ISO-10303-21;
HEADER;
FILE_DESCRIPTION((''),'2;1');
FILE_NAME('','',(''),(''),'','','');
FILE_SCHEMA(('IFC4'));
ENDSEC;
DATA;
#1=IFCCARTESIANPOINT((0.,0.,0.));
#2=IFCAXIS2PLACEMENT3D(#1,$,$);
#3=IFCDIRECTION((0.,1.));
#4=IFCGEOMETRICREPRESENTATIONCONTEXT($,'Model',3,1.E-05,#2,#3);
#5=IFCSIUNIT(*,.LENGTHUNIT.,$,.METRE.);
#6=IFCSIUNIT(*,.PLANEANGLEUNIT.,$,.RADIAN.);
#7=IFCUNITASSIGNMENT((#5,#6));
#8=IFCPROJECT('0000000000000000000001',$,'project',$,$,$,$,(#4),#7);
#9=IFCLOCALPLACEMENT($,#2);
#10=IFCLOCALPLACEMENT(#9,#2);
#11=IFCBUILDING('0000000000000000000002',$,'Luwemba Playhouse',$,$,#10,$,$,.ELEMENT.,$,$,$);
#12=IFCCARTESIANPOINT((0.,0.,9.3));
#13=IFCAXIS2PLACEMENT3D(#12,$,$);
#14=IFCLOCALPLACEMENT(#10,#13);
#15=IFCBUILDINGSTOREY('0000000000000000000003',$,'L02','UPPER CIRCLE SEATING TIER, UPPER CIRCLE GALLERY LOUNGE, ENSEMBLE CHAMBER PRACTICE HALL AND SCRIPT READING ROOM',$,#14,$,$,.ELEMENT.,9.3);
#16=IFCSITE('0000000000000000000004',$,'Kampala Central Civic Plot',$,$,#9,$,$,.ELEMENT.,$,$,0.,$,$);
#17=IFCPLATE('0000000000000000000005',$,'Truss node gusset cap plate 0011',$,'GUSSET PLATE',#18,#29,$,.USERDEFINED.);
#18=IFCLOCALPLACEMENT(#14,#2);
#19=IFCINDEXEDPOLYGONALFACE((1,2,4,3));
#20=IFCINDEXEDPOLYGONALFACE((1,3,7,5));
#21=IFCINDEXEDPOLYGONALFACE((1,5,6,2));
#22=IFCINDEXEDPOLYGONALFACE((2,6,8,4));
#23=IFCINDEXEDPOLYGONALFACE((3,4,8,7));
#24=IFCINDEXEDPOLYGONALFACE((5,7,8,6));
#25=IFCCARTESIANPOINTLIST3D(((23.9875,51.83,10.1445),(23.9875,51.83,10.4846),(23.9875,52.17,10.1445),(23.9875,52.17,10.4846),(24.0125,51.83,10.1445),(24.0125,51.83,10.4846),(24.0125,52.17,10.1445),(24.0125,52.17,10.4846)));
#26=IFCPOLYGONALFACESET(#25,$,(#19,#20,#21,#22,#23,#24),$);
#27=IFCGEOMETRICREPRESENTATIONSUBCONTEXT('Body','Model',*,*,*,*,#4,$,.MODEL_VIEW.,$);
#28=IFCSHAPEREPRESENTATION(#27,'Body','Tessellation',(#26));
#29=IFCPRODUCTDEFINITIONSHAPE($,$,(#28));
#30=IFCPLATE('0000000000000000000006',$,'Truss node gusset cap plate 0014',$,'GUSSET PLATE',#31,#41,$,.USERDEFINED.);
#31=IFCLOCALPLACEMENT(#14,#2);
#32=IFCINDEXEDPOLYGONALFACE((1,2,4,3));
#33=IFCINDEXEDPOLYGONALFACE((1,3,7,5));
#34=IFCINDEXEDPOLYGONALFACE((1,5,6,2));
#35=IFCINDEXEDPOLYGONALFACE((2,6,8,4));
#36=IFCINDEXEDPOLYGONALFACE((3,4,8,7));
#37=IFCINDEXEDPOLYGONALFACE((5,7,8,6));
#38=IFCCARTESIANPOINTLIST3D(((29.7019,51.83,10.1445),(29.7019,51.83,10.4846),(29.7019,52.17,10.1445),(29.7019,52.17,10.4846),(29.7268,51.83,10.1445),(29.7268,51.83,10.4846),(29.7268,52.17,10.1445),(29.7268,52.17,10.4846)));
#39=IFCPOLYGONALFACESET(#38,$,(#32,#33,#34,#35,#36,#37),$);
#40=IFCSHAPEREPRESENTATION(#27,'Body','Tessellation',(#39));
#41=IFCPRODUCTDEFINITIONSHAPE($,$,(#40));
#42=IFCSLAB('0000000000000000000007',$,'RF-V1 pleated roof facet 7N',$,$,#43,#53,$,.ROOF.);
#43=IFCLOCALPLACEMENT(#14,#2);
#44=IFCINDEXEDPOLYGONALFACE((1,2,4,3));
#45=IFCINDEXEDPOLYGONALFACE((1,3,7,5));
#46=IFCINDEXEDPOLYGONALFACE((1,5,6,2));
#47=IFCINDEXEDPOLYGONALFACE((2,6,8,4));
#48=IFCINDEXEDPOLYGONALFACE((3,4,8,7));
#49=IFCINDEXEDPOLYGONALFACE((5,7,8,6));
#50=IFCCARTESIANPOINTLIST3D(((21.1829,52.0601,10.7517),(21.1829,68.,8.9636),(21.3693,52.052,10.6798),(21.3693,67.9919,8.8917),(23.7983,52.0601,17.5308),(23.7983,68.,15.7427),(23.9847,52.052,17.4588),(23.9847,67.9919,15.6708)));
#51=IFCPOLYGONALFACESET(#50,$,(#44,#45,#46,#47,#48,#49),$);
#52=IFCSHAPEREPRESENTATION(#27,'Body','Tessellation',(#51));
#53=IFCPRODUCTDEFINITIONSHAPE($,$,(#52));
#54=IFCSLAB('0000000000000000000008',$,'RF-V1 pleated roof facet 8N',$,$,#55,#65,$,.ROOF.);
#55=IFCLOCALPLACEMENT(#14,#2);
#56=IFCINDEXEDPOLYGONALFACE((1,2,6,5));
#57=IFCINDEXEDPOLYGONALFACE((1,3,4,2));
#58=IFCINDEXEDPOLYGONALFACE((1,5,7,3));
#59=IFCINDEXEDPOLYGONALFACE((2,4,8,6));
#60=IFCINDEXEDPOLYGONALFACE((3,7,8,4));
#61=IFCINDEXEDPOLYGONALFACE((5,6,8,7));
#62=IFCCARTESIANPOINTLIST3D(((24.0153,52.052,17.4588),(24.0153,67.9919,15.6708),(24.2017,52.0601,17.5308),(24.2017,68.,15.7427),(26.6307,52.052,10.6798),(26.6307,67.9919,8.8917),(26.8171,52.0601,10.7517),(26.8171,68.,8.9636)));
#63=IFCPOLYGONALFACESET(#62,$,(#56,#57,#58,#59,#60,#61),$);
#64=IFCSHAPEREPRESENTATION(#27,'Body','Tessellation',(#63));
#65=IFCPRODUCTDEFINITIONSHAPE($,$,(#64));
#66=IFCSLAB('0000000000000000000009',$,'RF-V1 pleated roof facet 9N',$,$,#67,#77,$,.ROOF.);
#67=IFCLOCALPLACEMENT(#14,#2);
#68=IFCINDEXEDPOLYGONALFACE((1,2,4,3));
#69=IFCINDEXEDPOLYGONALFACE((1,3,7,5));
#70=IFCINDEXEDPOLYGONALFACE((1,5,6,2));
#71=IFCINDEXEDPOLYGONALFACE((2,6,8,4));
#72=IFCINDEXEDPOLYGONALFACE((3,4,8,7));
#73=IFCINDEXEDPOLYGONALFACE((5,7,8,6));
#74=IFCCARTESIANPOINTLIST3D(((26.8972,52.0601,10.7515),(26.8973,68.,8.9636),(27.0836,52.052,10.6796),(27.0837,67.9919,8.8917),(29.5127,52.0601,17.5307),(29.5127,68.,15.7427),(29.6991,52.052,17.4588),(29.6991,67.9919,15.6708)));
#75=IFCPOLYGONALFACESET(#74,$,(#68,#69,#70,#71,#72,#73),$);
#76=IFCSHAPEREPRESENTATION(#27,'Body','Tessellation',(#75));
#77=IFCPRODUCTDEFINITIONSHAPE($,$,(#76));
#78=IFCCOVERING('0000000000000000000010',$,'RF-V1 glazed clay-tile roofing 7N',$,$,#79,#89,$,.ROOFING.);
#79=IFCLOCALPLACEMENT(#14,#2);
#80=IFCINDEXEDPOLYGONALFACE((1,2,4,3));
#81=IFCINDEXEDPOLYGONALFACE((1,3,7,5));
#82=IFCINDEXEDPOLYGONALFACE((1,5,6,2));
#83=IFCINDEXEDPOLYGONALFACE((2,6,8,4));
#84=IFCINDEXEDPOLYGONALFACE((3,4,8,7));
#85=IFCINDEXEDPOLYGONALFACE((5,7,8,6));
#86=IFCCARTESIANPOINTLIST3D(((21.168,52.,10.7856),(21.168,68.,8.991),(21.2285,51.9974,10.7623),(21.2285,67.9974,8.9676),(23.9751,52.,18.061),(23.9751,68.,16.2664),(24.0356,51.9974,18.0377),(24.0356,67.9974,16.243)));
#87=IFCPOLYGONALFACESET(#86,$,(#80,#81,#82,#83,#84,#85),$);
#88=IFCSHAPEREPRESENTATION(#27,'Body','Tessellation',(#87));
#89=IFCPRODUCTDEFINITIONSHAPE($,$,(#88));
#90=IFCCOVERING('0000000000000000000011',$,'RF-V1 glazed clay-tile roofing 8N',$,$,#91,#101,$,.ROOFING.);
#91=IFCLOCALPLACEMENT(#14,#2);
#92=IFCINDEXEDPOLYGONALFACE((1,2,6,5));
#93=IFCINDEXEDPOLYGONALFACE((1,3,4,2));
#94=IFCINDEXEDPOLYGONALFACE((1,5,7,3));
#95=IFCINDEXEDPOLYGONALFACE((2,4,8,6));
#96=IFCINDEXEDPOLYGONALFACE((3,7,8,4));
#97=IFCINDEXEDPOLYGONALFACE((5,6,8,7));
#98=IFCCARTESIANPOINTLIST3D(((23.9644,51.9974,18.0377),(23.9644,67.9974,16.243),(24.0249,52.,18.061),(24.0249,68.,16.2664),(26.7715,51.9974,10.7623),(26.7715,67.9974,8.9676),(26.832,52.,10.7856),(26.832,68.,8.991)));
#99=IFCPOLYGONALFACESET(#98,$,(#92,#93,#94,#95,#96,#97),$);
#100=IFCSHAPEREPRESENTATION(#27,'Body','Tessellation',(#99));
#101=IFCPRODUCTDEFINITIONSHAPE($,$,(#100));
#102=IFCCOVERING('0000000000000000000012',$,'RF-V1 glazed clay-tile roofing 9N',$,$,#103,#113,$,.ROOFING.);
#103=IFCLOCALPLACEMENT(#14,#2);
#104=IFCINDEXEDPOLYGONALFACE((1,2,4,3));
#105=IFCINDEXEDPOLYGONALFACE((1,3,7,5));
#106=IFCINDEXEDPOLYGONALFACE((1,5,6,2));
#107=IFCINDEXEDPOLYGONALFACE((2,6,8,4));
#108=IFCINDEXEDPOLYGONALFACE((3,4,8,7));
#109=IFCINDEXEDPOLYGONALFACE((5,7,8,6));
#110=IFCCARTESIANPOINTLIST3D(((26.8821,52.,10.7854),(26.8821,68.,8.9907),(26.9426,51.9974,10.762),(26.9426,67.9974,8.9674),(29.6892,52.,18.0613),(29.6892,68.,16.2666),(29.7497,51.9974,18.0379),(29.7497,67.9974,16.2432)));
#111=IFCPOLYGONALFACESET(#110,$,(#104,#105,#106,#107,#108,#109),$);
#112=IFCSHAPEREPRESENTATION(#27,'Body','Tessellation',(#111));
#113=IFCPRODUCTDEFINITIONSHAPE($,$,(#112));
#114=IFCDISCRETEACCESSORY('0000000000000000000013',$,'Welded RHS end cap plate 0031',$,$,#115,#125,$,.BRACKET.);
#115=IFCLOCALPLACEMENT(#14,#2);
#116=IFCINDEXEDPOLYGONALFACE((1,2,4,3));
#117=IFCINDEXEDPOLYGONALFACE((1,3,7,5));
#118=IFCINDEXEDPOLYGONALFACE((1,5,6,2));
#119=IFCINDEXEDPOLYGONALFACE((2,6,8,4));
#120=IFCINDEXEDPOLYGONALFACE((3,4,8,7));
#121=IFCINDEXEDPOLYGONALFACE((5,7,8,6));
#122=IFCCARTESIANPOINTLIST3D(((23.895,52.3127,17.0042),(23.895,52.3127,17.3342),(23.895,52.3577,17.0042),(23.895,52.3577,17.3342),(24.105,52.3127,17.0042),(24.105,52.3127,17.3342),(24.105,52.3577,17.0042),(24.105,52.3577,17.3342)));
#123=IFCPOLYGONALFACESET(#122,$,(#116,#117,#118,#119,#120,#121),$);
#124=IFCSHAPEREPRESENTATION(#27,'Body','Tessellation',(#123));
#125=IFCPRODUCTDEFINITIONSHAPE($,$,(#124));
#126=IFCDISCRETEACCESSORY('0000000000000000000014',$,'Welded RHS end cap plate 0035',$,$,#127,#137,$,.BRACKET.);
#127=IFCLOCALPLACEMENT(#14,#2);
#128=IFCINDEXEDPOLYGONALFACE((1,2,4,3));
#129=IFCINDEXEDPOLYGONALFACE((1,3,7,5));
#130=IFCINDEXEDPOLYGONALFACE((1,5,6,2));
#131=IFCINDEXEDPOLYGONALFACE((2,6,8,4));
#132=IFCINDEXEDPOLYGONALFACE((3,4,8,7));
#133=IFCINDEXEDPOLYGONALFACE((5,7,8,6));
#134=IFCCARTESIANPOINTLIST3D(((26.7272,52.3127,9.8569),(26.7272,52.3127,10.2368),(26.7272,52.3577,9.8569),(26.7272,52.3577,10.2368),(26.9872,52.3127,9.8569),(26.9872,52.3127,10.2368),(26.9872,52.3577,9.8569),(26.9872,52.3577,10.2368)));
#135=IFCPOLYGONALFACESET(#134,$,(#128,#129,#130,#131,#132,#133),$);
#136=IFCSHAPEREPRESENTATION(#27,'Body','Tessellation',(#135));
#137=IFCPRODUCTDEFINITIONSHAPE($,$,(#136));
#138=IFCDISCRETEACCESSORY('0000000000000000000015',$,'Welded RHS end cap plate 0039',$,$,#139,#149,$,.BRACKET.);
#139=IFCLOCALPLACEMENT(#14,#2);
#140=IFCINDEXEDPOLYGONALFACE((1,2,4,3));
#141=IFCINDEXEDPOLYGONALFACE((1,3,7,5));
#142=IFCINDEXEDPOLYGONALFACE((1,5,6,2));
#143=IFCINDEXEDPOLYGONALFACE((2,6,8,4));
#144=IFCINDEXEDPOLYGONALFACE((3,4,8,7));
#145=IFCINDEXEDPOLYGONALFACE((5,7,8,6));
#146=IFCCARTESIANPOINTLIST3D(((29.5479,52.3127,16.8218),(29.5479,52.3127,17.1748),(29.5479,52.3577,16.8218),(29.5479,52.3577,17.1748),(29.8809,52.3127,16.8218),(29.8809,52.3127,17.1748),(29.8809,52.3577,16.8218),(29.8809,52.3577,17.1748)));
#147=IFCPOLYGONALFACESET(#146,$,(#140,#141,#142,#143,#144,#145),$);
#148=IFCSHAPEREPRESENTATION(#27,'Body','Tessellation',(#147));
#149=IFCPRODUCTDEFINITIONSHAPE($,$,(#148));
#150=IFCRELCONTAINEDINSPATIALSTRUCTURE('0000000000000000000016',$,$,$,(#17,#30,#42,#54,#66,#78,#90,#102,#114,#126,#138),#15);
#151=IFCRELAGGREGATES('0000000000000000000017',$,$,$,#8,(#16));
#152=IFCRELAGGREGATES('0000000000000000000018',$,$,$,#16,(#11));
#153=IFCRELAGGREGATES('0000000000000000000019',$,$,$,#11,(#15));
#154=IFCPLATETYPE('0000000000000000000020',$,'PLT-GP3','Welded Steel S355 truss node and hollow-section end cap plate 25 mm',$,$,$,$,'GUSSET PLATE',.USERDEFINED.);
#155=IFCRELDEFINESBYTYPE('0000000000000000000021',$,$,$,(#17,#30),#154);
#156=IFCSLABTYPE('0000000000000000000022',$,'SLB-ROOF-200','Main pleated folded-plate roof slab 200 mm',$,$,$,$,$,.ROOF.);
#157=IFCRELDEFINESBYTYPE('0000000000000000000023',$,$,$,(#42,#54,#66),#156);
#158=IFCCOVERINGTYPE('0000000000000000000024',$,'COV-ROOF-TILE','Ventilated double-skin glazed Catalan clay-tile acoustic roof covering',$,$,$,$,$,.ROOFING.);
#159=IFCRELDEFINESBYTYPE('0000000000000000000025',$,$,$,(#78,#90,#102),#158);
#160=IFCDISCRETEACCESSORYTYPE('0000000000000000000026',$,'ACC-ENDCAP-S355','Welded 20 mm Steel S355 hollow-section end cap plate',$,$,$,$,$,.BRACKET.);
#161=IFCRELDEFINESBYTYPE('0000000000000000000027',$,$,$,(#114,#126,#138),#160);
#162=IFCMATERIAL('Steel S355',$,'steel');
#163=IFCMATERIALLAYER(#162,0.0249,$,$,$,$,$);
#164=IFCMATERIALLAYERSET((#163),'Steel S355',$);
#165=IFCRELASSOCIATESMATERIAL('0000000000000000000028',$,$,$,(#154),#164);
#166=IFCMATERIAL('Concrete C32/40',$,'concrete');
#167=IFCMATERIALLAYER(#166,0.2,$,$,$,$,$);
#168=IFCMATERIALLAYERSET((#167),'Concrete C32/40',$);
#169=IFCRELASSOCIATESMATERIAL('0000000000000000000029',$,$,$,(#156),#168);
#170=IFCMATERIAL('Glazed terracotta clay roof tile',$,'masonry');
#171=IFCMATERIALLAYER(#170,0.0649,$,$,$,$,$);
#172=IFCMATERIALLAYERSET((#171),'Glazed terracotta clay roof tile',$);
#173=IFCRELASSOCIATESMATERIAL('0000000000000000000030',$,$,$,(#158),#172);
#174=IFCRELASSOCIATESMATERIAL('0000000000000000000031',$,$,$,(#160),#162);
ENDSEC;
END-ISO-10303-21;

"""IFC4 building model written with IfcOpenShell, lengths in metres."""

from ifc_helpers import new_model, si_unit, direction, frame, origin, origin_2d, place, context, subcontext, project, spatial, polyline, rectangle, outline, extrude, material, layer, layer_set, type_object, element, save


model = new_model("IFC4")

# Units and contexts
model_context = context("Model", 3, precision=1e-05, world=origin(), true_north=direction((0.0, 1.0)))
body_context = subcontext(model_context, "Body", "Model", "MODEL_VIEW")
ifc_project = project(units=[si_unit("LENGTHUNIT", "METRE"), si_unit("PLANEANGLEUNIT", "RADIAN")], contexts=[model_context])

# Site, building, storey
site_placement = place(None, origin())
site = spatial("IfcSite", under=ifc_project, at=site_placement, Name="Kampala Central Civic Plot", CompositionType="ELEMENT", RefElevation=0.0)
building_placement = place(site_placement, origin())
building = spatial("IfcBuilding", under=site, at=building_placement, Name="Luwemba Playhouse", CompositionType="ELEMENT")
storey_placement = place(building_placement, frame((0.0, 0.0, 9.3)))
storey = spatial("IfcBuildingStorey", under=building, at=storey_placement, Name="L02", Description="UPPER CIRCLE SEATING TIER, UPPER CIRCLE GALLERY LOUNGE, ENSEMBLE CHAMBER PRACTICE HALL AND SCRIPT READING ROOM", CompositionType="ELEMENT", Elevation=9.3)

# Shared definitions
ifc_material_1 = material(Name="Steel S355", Category="steel")

# Plates
ifc_layer_1 = layer(ifc_material_1, 0.0249)
ifc_layer_set_1 = layer_set([ifc_layer_1], Name="Steel S355")
plate_type = type_object("IfcPlateType", Name="PLT-GP3", Description="Welded Steel S355 truss node and hollow-section end cap plate 25 mm", ElementType="GUSSET PLATE", PredefinedType="USERDEFINED", material=ifc_layer_set_1)
for number, where, z_axis, x_axis, name in (
    (1, (24.0, 52.0, 10.1445), (0.0, 0.0, 1.0), (1.0, 0.0, 0.0), "Truss node gusset cap plate 0011"),
    (2, (29.7144, 52.0, 10.1445), (0.0, 0.0, 1.0), (1.0, 0.0, 0.0), "Truss node gusset cap plate 0014"),
):
    element("IfcPlate", number, at=place(storey_placement, frame(where, z_axis=z_axis, x_axis=x_axis)), inside=storey, type_object=plate_type, Name=name, ObjectType="GUSSET PLATE", PredefinedType="USERDEFINED", context=body_context, shape_type="SweptSolid", body=[
        extrude(rectangle(XDim=0.0249, YDim=0.3401, at=origin_2d()), origin(), (0.0, 0.0, 1.0), 0.3401),
    ])

# Slabs
ifc_material_2 = material(Name="Concrete C32/40", Category="concrete")
ifc_layer_2 = layer(ifc_material_2, 0.2)
ifc_layer_set_2 = layer_set([ifc_layer_2], Name="Concrete C32/40")
slab_type = type_object("IfcSlabType", Name="SLB-ROOF-200", Description="Main pleated folded-plate roof slab 200 mm", PredefinedType="ROOF", material=ifc_layer_set_2)
slab_1_placement = place(storey_placement, frame((21.1829, 52.0601, 10.7517), z_axis=(-0.93221, 0.040346, 0.359663), x_axis=(0.359956, 0.0, 0.932969)))
element("IfcSlab", 3, at=slab_1_placement, inside=storey, type_object=slab_type, Name="RF-V1 pleated roof facet 7N", PredefinedType="ROOF", context=body_context, shape_type="SweptSolid", body=[
    extrude(outline(polyline([(0.0, 0.0), (7.2661, 0.0), (5.5979, 15.9529), (-1.6682, 15.9529), (0.0, 0.0)])), origin(), (0.0, 0.0, -1.0), 0.2),
])
slab_2_placement = place(storey_placement, frame((24.2017, 52.0601, 17.5308), z_axis=(0.93221, 0.040346, 0.359663), x_axis=(0.359956, 0.0, -0.932969)))
element("IfcSlab", 4, at=slab_2_placement, inside=storey, type_object=slab_type, Name="RF-V1 pleated roof facet 8N", PredefinedType="ROOF", context=body_context, shape_type="SweptSolid", body=[
    extrude(outline(polyline([(0.0, 0.0), (7.2661, 0.0), (8.9343, 15.9529), (1.6682, 15.9529), (0.0, 0.0)])), origin(), (0.0, 0.0, -1.0), 0.2),
])
slab_3_placement = place(storey_placement, frame((26.8972, 52.0601, 10.7515), z_axis=(-0.932212, 0.040342, 0.359657), x_axis=(0.35995, 0.0, 0.932971)))
element("IfcSlab", 5, at=slab_3_placement, inside=storey, type_object=slab_type, Name="RF-V1 pleated roof facet 9N", PredefinedType="ROOF", context=body_context, shape_type="SweptSolid", body=[
    extrude(outline(polyline([(0.0, 0.0), (7.2663, 0.0), (5.5981, 15.9529), (-1.668, 15.9529), (0.0, 0.0)])), origin(), (0.0, 0.0, -1.0), 0.2),
])

# Coverings
ifc_material_3 = material(Name="Glazed terracotta clay roof tile", Category="masonry")
ifc_layer_3 = layer(ifc_material_3, 0.0649)
ifc_layer_set_3 = layer_set([ifc_layer_3], Name="Glazed terracotta clay roof tile")
covering_type = type_object("IfcCoveringType", Name="COV-ROOF-TILE", Description="Ventilated double-skin glazed Catalan clay-tile acoustic roof covering", PredefinedType="ROOFING", material=ifc_layer_set_3)
covering_1_placement = place(storey_placement, frame((21.168, 52.0, 10.7856), z_axis=(-0.932203, 0.040344, 0.35968), x_axis=(0.359973, 0.0, 0.932963)))
element("IfcCovering", 6, at=covering_1_placement, inside=storey, type_object=covering_type, Name="RF-V1 glazed clay-tile roofing 7N", PredefinedType="ROOFING", context=body_context, shape_type="SweptSolid", body=[
    extrude(outline(polyline([(0.0, 0.0), (7.7982, 0.0), (6.1238, 16.013), (-1.6744, 16.013), (0.0, 0.0)])), origin(), (0.0, 0.0, -1.0), 0.0649),
])
covering_2_placement = place(storey_placement, frame((24.0249, 52.0, 18.061), z_axis=(0.932203, 0.040344, 0.35968), x_axis=(0.359973, 0.0, -0.932963)))
element("IfcCovering", 7, at=covering_2_placement, inside=storey, type_object=covering_type, Name="RF-V1 glazed clay-tile roofing 8N", PredefinedType="ROOFING", context=body_context, shape_type="SweptSolid", body=[
    extrude(outline(polyline([(0.0, 0.0), (7.7982, 0.0), (9.4725, 16.013), (1.6744, 16.013), (0.0, 0.0)])), origin(), (0.0, 0.0, -1.0), 0.0649),
])
covering_3_placement = place(storey_placement, frame((26.8821, 52.0, 10.7854), z_axis=(-0.932211, 0.040342, 0.359659), x_axis=(0.359952, 0.0, 0.932971)))
element("IfcCovering", 8, at=covering_3_placement, inside=storey, type_object=covering_type, Name="RF-V1 glazed clay-tile roofing 9N", PredefinedType="ROOFING", context=body_context, shape_type="SweptSolid", body=[
    extrude(outline(polyline([(0.0, 0.0), (7.7986, 0.0), (6.1242, 16.013), (-1.6744, 16.013), (0.0, 0.0)])), origin(), (0.0, 0.0, -1.0), 0.0649),
])

# Discrete accessories
discrete_accessory_type = type_object("IfcDiscreteAccessoryType", Name="ACC-ENDCAP-S355", Description="Welded 20 mm Steel S355 hollow-section end cap plate", PredefinedType="BRACKET", material=ifc_material_1)
discrete_accessory_1_placement = place(storey_placement, frame((24.0, 52.3352, 17.0042), z_axis=(0.0, 0.0, 1.0), x_axis=(1.0, 0.0, 0.0)))
element("IfcDiscreteAccessory", 9, at=discrete_accessory_1_placement, inside=storey, type_object=discrete_accessory_type, Name="Welded RHS end cap plate 0031", PredefinedType="BRACKET", context=body_context, shape_type="SweptSolid", body=[
    extrude(rectangle(XDim=0.21, YDim=0.0449, at=origin_2d()), origin(), (0.0, 0.0, 1.0), 0.3301),
])
discrete_accessory_2_placement = place(storey_placement, frame((26.8572, 52.3352, 9.8569), z_axis=(0.0, 0.0, 1.0), x_axis=(1.0, 0.0, 0.0)))
element("IfcDiscreteAccessory", 10, at=discrete_accessory_2_placement, inside=storey, type_object=discrete_accessory_type, Name="Welded RHS end cap plate 0035", PredefinedType="BRACKET", context=body_context, shape_type="SweptSolid", body=[
    extrude(rectangle(XDim=0.26, YDim=0.0449, at=origin_2d()), origin(), (0.0, 0.0, 1.0), 0.3799),
])
discrete_accessory_3_placement = place(storey_placement, frame((29.7144, 52.3352, 16.8218), z_axis=(0.0, 0.0, 1.0), x_axis=(1.0, 0.0, 0.0)))
element("IfcDiscreteAccessory", 11, at=discrete_accessory_3_placement, inside=storey, type_object=discrete_accessory_type, Name="Welded RHS end cap plate 0039", PredefinedType="BRACKET", context=body_context, shape_type="SweptSolid", body=[
    extrude(rectangle(XDim=0.333, YDim=0.0449, at=origin_2d()), origin(), (0.0, 0.0, 1.0), 0.353),
])

save(model, "model.ifc")
